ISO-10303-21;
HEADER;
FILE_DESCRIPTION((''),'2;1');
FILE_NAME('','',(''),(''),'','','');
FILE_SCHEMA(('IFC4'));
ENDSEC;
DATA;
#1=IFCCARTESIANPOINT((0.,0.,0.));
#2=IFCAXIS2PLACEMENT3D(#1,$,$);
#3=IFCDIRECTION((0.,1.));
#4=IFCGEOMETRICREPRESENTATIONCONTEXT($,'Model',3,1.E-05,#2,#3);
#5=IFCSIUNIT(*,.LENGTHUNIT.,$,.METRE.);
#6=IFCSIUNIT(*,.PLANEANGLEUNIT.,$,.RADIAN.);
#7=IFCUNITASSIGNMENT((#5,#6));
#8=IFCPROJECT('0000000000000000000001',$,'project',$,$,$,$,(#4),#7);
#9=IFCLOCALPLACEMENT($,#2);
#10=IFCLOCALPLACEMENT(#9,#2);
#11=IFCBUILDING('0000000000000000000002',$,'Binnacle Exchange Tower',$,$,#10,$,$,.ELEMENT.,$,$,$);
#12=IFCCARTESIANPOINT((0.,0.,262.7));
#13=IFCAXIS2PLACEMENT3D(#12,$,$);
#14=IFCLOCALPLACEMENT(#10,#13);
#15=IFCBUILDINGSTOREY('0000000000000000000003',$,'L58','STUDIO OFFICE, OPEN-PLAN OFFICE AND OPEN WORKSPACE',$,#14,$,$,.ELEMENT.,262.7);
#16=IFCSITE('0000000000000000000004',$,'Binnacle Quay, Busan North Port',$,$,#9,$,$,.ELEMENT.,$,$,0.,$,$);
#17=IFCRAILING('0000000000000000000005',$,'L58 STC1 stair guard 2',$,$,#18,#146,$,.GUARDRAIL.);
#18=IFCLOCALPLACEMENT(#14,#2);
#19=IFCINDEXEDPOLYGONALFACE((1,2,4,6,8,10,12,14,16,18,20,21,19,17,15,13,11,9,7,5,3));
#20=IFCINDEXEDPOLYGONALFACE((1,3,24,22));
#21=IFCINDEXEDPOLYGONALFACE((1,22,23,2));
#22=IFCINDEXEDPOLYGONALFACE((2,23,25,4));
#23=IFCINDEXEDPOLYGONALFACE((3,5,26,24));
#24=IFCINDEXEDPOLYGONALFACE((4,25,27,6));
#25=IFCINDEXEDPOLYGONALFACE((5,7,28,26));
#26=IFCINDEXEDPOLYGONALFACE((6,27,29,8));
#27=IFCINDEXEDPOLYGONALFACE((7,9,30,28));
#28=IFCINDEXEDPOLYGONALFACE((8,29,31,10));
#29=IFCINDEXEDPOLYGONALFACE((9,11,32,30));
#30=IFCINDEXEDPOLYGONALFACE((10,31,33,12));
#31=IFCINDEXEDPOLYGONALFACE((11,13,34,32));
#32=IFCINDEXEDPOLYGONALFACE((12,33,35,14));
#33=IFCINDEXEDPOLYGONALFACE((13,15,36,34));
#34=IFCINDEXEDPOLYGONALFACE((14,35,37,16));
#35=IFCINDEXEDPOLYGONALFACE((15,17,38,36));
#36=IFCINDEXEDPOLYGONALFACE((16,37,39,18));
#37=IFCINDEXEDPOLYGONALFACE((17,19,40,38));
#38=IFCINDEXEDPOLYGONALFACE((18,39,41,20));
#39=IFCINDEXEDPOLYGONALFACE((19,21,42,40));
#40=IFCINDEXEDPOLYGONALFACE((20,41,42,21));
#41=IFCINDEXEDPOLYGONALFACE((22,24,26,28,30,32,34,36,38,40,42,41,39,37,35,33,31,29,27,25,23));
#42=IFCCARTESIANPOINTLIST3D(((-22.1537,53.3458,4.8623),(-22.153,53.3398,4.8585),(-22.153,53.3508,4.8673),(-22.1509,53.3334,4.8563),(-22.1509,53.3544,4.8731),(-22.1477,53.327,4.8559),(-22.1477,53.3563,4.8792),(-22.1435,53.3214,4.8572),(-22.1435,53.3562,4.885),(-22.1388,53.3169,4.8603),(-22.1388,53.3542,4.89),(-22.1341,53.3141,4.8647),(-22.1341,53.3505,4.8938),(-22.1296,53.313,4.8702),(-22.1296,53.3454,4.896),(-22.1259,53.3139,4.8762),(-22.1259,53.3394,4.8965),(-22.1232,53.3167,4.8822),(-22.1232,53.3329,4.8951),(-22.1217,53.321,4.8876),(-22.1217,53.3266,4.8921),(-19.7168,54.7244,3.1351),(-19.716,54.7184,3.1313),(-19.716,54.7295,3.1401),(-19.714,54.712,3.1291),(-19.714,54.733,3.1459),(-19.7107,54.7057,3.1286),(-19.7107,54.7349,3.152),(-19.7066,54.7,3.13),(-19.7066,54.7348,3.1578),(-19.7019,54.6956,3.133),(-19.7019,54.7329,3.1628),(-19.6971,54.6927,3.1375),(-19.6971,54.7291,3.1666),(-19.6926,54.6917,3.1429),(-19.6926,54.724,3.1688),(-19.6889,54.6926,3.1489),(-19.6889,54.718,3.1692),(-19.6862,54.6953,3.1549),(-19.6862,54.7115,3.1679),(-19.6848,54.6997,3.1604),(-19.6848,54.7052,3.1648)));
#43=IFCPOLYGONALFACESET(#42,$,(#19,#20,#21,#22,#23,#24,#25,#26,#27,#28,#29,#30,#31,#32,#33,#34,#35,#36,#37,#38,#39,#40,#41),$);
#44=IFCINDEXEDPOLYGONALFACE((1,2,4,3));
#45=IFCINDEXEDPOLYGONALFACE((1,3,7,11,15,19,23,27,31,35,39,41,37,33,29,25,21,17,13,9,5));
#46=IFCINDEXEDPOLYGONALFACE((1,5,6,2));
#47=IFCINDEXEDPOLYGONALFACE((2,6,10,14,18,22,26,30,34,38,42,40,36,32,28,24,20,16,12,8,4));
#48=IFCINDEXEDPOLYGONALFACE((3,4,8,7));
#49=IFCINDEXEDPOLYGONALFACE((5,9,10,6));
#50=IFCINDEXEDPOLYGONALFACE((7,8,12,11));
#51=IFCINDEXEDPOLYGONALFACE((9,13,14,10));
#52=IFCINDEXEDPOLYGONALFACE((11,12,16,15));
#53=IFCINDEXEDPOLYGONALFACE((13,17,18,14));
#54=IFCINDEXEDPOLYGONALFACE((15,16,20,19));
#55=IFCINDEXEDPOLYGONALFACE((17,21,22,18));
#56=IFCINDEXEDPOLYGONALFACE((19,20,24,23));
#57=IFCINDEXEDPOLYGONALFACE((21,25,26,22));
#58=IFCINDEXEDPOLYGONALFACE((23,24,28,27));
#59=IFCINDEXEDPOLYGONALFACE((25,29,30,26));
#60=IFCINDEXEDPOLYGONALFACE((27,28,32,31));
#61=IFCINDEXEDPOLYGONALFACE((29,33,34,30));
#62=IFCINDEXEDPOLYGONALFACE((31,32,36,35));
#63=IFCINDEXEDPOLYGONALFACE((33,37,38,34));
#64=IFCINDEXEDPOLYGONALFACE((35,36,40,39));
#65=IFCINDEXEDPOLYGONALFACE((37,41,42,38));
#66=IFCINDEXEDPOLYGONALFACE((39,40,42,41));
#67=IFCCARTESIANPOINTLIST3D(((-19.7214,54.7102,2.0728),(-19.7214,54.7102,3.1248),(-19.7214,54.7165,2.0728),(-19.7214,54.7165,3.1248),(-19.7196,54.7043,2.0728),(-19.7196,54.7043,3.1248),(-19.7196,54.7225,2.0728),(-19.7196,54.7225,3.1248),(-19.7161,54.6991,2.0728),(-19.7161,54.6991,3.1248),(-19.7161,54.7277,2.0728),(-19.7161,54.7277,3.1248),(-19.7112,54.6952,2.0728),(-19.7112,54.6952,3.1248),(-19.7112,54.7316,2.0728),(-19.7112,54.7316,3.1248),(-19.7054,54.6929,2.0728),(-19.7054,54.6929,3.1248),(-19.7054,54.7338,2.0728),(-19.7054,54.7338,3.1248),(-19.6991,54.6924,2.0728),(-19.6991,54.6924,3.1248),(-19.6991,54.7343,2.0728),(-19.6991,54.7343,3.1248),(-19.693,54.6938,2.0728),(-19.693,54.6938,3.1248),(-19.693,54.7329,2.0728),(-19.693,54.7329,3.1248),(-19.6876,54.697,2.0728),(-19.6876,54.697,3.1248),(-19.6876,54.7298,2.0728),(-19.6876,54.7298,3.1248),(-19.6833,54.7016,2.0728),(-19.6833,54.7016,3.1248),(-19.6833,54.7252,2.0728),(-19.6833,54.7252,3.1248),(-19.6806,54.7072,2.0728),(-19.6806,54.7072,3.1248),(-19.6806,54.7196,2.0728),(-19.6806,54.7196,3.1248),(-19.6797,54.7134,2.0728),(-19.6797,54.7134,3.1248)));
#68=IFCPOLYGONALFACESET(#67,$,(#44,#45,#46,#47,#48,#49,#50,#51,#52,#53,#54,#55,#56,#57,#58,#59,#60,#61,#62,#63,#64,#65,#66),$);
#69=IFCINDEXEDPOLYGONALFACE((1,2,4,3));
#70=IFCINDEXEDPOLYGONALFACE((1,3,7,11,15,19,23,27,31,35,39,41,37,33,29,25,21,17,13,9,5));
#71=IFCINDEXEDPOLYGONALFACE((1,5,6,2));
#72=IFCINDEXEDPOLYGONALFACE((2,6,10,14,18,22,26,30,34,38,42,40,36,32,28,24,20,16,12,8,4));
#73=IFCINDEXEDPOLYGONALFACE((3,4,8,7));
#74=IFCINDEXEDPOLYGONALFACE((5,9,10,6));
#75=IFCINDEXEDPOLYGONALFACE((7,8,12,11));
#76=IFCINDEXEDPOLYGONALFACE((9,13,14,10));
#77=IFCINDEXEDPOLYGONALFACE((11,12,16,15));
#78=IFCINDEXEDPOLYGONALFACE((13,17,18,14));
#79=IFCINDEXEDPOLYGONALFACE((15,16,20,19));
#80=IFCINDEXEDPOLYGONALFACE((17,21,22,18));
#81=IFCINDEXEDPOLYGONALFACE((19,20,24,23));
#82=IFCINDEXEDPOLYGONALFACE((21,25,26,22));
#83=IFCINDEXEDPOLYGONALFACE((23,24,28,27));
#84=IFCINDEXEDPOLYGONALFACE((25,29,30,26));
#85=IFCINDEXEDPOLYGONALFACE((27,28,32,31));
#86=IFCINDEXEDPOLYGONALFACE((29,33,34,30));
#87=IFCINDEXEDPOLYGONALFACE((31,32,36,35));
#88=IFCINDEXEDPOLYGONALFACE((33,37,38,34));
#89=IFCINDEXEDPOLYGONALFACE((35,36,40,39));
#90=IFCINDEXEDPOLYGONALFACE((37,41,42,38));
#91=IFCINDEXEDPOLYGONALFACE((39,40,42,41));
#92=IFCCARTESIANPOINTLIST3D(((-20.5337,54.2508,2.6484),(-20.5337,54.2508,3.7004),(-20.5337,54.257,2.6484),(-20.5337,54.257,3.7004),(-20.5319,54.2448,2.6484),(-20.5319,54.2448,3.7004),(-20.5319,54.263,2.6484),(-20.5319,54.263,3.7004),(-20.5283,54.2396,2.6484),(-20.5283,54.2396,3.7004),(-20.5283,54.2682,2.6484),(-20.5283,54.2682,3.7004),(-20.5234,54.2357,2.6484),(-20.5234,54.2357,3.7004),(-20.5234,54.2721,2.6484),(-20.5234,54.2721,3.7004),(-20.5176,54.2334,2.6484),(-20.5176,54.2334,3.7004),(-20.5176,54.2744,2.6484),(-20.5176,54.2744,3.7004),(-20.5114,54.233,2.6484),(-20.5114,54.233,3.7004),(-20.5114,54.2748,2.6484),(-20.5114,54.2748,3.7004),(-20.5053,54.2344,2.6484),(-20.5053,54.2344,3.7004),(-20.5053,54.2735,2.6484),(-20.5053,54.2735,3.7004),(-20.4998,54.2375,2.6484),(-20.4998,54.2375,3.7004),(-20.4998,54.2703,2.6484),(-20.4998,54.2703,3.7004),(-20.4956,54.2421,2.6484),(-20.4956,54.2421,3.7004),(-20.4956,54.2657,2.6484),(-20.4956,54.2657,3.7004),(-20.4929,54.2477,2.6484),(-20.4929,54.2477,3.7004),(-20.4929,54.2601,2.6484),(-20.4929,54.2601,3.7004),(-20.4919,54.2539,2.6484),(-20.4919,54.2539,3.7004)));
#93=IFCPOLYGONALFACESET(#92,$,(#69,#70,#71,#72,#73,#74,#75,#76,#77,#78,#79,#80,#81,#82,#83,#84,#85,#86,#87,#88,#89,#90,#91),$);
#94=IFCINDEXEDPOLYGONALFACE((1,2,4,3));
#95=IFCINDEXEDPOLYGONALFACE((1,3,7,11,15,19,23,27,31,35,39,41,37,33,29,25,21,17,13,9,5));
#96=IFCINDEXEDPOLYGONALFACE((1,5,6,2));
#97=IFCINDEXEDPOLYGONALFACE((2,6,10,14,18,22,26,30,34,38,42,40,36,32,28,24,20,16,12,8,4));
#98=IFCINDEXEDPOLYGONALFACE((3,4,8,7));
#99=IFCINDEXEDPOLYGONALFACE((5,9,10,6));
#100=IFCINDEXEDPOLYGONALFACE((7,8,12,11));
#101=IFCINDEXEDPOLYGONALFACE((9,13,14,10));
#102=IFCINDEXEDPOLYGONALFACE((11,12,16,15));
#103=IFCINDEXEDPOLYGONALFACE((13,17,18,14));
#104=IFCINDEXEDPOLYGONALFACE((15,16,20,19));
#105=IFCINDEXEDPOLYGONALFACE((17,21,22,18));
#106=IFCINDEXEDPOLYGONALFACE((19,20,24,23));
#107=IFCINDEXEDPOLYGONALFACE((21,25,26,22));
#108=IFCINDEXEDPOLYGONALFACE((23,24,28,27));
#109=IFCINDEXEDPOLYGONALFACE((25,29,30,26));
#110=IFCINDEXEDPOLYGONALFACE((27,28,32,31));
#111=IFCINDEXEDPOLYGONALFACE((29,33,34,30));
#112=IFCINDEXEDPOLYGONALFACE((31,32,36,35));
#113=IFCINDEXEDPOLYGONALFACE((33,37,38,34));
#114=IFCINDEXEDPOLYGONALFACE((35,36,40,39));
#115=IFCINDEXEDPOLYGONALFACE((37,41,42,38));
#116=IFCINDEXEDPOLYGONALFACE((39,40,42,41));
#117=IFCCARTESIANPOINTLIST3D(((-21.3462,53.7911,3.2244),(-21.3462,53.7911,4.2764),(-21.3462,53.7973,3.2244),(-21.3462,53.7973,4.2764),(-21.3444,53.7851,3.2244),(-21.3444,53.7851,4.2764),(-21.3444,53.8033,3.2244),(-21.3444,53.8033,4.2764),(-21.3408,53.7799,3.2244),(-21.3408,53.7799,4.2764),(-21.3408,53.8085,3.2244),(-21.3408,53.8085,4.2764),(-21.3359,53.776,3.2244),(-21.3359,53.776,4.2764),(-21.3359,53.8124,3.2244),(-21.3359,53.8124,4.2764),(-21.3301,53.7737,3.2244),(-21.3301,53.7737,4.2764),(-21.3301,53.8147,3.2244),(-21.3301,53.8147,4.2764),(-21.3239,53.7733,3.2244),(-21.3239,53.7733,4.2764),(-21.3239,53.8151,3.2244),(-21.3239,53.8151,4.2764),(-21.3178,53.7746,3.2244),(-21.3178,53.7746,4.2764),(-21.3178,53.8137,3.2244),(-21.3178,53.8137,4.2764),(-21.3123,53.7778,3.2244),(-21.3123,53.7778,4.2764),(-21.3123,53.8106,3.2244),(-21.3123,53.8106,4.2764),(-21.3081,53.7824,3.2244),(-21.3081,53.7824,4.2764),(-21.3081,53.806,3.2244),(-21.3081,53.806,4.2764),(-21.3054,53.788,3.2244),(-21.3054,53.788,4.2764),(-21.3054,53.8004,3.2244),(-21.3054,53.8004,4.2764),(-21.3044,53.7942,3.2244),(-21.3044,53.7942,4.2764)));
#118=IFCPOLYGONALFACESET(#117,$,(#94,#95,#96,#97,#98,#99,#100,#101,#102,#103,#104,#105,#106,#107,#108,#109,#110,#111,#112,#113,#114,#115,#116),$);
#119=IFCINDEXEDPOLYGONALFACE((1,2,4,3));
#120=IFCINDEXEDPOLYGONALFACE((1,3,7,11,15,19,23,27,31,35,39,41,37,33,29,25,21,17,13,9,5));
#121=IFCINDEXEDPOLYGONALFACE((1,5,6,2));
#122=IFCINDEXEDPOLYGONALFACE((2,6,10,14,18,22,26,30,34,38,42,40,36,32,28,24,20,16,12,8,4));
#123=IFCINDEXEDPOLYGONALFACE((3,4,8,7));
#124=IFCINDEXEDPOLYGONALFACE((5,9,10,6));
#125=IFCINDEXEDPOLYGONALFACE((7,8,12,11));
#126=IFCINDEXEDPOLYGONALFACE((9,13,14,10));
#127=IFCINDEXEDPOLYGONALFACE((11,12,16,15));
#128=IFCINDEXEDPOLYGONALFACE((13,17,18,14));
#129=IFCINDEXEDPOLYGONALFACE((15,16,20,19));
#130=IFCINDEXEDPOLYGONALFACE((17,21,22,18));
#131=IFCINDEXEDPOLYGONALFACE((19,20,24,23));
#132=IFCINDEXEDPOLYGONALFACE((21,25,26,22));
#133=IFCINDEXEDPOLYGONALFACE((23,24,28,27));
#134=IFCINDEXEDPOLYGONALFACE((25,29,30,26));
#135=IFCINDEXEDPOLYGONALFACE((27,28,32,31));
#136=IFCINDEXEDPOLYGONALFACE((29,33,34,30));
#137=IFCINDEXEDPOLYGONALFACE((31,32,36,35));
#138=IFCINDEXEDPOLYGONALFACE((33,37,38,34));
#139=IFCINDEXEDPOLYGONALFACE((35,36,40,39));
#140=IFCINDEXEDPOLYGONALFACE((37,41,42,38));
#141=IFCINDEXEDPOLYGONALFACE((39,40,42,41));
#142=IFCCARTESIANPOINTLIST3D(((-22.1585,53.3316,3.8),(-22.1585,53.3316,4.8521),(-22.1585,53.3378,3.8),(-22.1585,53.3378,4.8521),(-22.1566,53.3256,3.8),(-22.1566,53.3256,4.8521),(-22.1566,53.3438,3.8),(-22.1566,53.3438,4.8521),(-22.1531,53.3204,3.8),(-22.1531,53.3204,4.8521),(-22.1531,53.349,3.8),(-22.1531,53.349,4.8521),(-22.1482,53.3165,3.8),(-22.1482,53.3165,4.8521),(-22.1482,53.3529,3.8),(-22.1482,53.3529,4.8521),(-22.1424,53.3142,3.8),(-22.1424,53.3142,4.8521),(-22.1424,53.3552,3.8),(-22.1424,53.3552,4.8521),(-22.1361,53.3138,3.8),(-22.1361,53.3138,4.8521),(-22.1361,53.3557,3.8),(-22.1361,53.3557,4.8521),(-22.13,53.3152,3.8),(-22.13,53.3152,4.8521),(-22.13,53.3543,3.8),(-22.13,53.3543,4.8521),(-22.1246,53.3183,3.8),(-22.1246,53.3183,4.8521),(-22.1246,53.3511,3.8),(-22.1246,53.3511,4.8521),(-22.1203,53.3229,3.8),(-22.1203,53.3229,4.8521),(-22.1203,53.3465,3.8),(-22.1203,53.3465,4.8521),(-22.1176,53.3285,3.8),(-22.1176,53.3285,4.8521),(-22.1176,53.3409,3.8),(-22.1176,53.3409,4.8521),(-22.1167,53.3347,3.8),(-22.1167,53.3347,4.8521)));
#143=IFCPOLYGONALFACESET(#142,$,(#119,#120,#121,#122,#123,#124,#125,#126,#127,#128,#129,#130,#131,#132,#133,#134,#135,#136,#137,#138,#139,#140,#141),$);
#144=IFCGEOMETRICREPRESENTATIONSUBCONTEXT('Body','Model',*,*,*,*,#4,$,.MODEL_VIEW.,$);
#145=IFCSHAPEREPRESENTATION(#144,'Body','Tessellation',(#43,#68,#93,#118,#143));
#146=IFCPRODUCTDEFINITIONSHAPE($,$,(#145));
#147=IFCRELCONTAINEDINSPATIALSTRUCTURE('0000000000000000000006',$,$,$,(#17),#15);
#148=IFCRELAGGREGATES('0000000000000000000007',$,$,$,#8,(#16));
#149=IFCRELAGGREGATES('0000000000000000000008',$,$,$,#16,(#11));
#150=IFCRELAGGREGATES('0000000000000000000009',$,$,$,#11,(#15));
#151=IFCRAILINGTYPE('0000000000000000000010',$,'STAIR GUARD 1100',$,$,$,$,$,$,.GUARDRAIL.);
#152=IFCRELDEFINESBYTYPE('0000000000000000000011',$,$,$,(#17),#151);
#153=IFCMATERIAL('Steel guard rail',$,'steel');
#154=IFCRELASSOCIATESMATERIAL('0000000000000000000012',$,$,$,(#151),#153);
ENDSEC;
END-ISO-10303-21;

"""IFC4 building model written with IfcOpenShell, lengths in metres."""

from ifc_helpers import new_model, si_unit, direction, frame, origin, origin_2d, place, context, subcontext, project, spatial, circle, extrude, material, type_object, element, save


model = new_model("IFC4")

# Units and contexts
model_context = context("Model", 3, precision=1e-05, world=origin(), true_north=direction((0.0, 1.0)))
body_context = subcontext(model_context, "Body", "Model", "MODEL_VIEW")
ifc_project = project(units=[si_unit("LENGTHUNIT", "METRE"), si_unit("PLANEANGLEUNIT", "RADIAN")], contexts=[model_context])

# Site, building, storey
site_placement = place(None, origin())
site = spatial("IfcSite", under=ifc_project, at=site_placement, Name="Binnacle Quay, Busan North Port", CompositionType="ELEMENT", RefElevation=0.0)
building_placement = place(site_placement, origin())
building = spatial("IfcBuilding", under=site, at=building_placement, Name="Binnacle Exchange Tower", CompositionType="ELEMENT")
storey_placement = place(building_placement, frame((0.0, 0.0, 262.7)))
storey = spatial("IfcBuildingStorey", under=building, at=storey_placement, Name="L58", Description="STUDIO OFFICE, OPEN-PLAN OFFICE AND OPEN WORKSPACE", CompositionType="ELEMENT", Elevation=262.7)

# Railing
ifc_material_1 = material(Name="Steel guard rail", Category="steel")
railing_type_1 = type_object("IfcRailingType", Name="STAIR GUARD 1100", PredefinedType="GUARDRAIL", material=ifc_material_1)
railing_1_placement = place(storey_placement, frame((-19.7007, 54.7134, 2.0728)))
element("IfcRailing", 1, at=railing_1_placement, inside=storey, type_object=railing_type_1, Name="L58 STC1 stair guard 2", PredefinedType="GUARDRAIL", context=body_context, shape_type="SweptSolid", body=[
    extrude(circle(Radius=0.0239, at=origin_2d()), frame((0.0, 0.0, 1.0762), z_axis=(-0.740761, -0.419062, 0.525033), x_axis=(0.492388, -0.870376, 0.0)), (0.0, 0.0, 1.0), 3.2898),
    extrude(circle(Radius=0.021, at=origin_2d()), origin(), (0.0, 0.0, 1.0), 1.052),
    extrude(circle(Radius=0.021, at=origin_2d()), frame((-0.8123, -0.4595, 0.5757)), (0.0, 0.0, 1.0), 1.052),
    extrude(circle(Radius=0.021, at=origin_2d()), frame((-1.6248, -0.9192, 1.1516)), (0.0, 0.0, 1.0), 1.052),
    extrude(circle(Radius=0.021, at=origin_2d()), frame((-2.437, -1.3787, 1.7273)), (0.0, 0.0, 1.0), 1.052),
])

save(model, "model.ifc")
